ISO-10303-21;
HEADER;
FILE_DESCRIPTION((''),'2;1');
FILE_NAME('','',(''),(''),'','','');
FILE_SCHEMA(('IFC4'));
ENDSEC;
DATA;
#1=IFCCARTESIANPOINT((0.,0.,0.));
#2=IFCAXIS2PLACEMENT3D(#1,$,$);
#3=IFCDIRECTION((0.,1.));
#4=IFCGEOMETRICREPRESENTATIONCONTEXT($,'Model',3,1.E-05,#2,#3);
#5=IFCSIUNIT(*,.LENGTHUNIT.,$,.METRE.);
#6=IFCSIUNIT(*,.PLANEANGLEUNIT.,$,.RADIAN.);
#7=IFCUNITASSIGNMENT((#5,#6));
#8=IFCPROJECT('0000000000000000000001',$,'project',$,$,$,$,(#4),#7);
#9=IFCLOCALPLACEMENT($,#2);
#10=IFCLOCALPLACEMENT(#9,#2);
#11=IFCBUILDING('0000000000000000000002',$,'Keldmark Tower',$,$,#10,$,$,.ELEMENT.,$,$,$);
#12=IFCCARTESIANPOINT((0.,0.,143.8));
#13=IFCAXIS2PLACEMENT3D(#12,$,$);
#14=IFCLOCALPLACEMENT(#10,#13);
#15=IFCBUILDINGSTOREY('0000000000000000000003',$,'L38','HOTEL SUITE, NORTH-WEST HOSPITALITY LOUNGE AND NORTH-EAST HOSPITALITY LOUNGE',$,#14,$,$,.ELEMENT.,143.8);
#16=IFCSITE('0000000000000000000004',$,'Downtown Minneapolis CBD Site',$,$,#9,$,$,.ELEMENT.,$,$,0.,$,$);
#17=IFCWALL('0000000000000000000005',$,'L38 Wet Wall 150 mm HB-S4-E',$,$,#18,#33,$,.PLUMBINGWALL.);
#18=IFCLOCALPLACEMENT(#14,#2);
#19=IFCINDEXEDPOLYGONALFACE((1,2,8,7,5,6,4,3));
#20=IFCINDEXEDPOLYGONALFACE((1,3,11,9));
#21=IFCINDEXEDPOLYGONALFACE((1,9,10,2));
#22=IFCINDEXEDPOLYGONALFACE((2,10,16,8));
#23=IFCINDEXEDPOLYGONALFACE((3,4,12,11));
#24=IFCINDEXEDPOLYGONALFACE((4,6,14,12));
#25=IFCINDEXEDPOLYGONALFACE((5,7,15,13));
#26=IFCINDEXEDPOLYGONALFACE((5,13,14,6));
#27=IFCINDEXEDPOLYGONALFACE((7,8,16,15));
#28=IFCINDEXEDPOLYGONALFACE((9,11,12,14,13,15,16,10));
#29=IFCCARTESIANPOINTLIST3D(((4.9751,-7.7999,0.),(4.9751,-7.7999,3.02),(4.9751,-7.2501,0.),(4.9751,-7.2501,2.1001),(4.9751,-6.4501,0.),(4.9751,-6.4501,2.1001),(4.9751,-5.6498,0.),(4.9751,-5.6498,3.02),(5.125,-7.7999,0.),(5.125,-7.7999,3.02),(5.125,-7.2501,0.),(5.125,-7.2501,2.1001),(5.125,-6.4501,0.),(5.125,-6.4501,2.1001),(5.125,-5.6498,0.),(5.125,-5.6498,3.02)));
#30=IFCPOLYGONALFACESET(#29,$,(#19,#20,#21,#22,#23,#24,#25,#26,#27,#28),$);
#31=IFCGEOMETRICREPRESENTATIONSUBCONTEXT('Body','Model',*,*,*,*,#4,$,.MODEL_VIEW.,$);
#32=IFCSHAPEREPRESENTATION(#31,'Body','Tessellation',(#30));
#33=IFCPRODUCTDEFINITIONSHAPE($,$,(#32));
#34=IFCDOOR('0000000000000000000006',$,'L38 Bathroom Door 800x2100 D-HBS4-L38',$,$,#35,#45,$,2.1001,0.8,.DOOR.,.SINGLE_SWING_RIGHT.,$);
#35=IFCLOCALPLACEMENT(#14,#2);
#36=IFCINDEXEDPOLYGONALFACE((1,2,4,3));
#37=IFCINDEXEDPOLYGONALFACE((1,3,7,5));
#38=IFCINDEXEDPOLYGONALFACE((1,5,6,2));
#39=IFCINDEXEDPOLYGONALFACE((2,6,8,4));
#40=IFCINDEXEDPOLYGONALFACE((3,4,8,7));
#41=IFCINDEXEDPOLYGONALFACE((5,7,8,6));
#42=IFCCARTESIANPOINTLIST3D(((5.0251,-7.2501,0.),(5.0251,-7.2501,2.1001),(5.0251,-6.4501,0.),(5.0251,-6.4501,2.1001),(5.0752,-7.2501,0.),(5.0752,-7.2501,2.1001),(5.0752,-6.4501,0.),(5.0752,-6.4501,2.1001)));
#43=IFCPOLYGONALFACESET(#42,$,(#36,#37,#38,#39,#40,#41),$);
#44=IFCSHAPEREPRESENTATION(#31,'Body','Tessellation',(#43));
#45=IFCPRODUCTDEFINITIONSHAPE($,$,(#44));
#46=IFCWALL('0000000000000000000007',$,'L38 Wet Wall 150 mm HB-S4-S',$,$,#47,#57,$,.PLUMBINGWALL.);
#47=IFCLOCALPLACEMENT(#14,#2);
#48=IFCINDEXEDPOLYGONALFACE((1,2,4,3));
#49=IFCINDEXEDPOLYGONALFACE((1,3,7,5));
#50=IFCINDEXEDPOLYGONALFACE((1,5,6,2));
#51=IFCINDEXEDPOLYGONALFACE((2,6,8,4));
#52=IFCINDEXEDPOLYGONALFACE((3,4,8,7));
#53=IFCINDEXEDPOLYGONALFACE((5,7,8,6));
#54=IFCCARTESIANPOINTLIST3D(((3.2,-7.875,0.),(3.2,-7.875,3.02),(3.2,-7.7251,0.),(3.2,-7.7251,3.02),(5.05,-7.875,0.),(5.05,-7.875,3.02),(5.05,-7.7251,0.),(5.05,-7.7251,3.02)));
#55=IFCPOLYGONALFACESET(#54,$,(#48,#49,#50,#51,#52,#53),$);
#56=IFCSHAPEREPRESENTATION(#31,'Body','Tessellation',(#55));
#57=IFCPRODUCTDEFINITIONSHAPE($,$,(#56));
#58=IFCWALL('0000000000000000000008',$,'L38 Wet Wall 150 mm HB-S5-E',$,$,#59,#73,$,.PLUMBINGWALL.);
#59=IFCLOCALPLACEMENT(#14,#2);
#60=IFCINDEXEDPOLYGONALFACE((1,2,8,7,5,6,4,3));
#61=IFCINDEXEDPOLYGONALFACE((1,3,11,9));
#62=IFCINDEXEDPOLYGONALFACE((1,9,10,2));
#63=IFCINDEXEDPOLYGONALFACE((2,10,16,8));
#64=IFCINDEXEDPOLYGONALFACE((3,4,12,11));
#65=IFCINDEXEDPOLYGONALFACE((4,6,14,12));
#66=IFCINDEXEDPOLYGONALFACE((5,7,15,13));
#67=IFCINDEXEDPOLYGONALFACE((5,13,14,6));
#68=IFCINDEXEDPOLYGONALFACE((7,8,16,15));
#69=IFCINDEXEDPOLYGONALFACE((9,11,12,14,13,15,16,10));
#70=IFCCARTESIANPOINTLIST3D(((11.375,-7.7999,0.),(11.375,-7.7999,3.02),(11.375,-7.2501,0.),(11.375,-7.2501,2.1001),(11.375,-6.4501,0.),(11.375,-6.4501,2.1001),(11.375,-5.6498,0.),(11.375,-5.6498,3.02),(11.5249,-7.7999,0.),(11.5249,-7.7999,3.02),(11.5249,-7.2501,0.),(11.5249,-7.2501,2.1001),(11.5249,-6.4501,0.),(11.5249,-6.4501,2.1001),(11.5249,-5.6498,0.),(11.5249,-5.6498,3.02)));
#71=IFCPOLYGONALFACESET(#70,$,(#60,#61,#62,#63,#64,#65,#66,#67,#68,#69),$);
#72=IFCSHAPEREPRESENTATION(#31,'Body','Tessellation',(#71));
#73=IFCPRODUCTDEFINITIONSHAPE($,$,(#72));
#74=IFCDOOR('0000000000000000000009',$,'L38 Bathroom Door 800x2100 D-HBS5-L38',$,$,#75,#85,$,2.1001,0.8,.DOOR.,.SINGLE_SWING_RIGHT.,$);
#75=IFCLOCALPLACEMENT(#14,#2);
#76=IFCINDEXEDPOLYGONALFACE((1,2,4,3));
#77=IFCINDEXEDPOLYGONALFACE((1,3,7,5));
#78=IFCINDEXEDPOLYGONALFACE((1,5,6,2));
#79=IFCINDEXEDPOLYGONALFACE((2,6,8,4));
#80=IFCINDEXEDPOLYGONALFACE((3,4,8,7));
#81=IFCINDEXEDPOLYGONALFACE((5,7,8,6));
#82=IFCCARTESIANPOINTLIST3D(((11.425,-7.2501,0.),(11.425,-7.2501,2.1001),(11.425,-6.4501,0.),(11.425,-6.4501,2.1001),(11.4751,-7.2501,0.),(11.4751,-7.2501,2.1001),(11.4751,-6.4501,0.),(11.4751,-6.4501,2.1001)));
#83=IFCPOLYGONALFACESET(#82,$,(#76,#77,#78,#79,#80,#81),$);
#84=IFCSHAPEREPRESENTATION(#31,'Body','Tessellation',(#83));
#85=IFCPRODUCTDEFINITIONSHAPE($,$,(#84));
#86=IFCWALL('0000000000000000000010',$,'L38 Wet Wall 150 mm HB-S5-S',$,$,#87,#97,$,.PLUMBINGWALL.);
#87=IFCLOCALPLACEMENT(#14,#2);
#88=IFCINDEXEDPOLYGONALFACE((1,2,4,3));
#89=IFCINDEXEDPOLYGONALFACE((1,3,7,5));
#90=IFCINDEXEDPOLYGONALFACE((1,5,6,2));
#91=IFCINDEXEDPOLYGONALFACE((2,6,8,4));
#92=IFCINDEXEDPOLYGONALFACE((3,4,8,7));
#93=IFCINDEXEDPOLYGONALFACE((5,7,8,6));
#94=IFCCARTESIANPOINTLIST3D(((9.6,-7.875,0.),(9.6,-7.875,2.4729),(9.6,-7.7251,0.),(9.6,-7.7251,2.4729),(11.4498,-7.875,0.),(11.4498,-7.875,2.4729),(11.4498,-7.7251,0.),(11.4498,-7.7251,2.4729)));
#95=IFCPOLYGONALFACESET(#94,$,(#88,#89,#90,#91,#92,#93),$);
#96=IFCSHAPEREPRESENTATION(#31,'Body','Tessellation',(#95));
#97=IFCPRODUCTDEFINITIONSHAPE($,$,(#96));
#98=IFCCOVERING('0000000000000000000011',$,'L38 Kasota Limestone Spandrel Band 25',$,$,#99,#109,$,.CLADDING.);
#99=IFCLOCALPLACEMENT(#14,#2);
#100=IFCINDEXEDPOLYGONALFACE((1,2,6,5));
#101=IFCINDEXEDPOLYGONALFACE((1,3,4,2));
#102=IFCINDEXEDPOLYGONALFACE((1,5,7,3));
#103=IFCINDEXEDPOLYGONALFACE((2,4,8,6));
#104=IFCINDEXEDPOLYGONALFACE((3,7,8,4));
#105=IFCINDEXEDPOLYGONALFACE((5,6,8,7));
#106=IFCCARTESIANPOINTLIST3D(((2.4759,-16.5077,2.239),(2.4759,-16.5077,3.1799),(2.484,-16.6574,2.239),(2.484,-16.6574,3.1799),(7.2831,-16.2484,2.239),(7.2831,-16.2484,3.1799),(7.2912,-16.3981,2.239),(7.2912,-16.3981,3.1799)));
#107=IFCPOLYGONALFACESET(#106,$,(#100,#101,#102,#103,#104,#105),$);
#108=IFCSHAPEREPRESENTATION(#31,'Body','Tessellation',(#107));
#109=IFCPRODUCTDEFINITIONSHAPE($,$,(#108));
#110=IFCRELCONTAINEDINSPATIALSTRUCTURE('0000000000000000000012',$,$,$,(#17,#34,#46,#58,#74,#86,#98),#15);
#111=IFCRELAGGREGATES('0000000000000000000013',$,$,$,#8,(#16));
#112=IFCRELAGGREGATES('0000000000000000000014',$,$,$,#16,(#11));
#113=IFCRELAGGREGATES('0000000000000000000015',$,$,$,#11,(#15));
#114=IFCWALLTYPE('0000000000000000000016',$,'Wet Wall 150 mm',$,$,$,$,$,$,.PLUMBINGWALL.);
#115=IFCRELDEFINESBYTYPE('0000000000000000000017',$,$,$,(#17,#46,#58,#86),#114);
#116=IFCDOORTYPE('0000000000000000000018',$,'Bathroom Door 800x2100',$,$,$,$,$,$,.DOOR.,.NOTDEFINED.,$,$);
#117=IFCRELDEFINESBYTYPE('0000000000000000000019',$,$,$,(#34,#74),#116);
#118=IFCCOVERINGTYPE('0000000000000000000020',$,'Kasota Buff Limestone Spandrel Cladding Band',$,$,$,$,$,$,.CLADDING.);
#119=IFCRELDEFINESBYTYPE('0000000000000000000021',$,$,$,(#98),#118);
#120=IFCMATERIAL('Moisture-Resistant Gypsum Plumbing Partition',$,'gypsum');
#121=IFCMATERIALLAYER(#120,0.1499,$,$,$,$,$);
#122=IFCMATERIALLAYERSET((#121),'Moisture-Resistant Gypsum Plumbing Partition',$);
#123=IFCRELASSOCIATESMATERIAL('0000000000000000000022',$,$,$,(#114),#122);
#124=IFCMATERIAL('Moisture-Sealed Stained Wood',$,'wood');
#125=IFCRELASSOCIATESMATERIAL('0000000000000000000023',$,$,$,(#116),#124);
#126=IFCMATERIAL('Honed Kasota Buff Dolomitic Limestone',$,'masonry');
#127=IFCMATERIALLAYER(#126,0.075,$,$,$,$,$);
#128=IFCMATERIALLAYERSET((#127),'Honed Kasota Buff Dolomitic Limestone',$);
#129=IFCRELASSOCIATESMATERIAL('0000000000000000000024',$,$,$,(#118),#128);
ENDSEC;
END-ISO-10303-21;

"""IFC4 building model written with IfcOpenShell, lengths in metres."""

from ifc_helpers import new_model, si_unit, direction, frame, frame_2d, origin, origin_2d, place, context, subcontext, project, spatial, rectangle, extrude, material, layer, layer_set, type_object, element, fill, save


model = new_model("IFC4")

# Units and contexts
model_context = context("Model", 3, precision=1e-05, world=origin(), true_north=direction((0.0, 1.0)))
body_context = subcontext(model_context, "Body", "Model", "MODEL_VIEW")
ifc_project = project(units=[si_unit("LENGTHUNIT", "METRE"), si_unit("PLANEANGLEUNIT", "RADIAN")], contexts=[model_context])

# Site, building, storey
site_placement = place(None, origin())
site = spatial("IfcSite", under=ifc_project, at=site_placement, Name="Downtown Minneapolis CBD Site", CompositionType="ELEMENT", RefElevation=0.0)
building_placement = place(site_placement, origin())
building = spatial("IfcBuilding", under=site, at=building_placement, Name="Keldmark Tower", CompositionType="ELEMENT")
storey_placement = place(building_placement, frame((0.0, 0.0, 143.8)))
storey = spatial("IfcBuildingStorey", under=building, at=storey_placement, Name="L38", Description="HOTEL SUITE, NORTH-WEST HOSPITALITY LOUNGE AND NORTH-EAST HOSPITALITY LOUNGE", CompositionType="ELEMENT", Elevation=143.8)

# Shared definitions
ifc_material_1 = material(Name="Moisture-Resistant Gypsum Plumbing Partition", Category="gypsum")
ifc_layer_1 = layer(ifc_material_1, 0.1499)
ifc_layer_set_1 = layer_set([ifc_layer_1], Name="Moisture-Resistant Gypsum Plumbing Partition")
wall_type_1 = type_object("IfcWallType", Name="Wet Wall 150 mm", PredefinedType="PLUMBINGWALL", material=ifc_layer_set_1)

# Wall, opening, door
wall_1_placement = place(storey_placement, frame((5.05, -7.8, 0.0), z_axis=(0.0, 0.0, 1.0), x_axis=(0.0, 1.0, 0.0)))
wall_1 = element("IfcWall", 1, at=wall_1_placement, inside=storey, type_object=wall_type_1, Name="L38 Wet Wall 150 mm HB-S4-E", PredefinedType="PLUMBINGWALL", context=body_context, shape_type="SweptSolid", body=[
    extrude(rectangle(XDim=2.1501, YDim=0.1499, at=frame_2d((1.0752, 0.0))), origin(), (0.0, 0.0, 1.0), 3.02),
])
opening_1_placement = place(wall_1_placement, frame((0.55, 0.0, 0.0)))
opening_1 = element("IfcOpeningElement", 2, at=opening_1_placement, cuts=wall_1, PredefinedType="OPENING", context=body_context, shape_type="SweptSolid", body=[
    extrude(rectangle(XDim=0.8, YDim=2.1001, at=frame_2d((0.3999, 1.05))), frame((0.0, 0.085, 0.0), z_axis=(0.0, -1.0, 0.0), x_axis=(1.0, 0.0, 0.0)), (0.0, 0.0, 1.0), 0.1699),
])
ifc_material_2 = material(Name="Moisture-Sealed Stained Wood", Category="wood")
door_type = type_object("IfcDoorType", Name="Bathroom Door 800x2100", OperationType="NOTDEFINED", PredefinedType="DOOR", material=ifc_material_2)
door_1_placement = place(opening_1_placement, origin())
door_1 = element("IfcDoor", 3, at=door_1_placement, inside=storey, type_object=door_type, Name="L38 Bathroom Door 800x2100 D-HBS4-L38", OperationType="SINGLE_SWING_RIGHT", OverallHeight=2.1001, OverallWidth=0.8, PredefinedType="DOOR", context=body_context, shape_type="SweptSolid", body=[
    extrude(rectangle(XDim=0.8, YDim=2.1001, at=frame_2d((0.3999, 1.05))), frame((0.0, 0.0249, 0.0), z_axis=(0.0, -1.0, 0.0), x_axis=(1.0, 0.0, 0.0)), (0.0, 0.0, 1.0), 0.05),
])
fill(opening_1, door_1)

# Wall
wall_2_placement = place(storey_placement, frame((3.2, -7.8, 0.0), z_axis=(0.0, 0.0, 1.0), x_axis=(1.0, 0.0, 0.0)))
element("IfcWall", 4, at=wall_2_placement, inside=storey, type_object=wall_type_1, Name="L38 Wet Wall 150 mm HB-S4-S", PredefinedType="PLUMBINGWALL", context=body_context, shape_type="SweptSolid", body=[
    extrude(rectangle(XDim=1.8501, YDim=0.1499, at=frame_2d((0.925, 0.0))), origin(), (0.0, 0.0, 1.0), 3.02),
])

# Wall, opening, door
wall_3_placement = place(storey_placement, frame((11.45, -7.8, 0.0), z_axis=(0.0, 0.0, 1.0), x_axis=(0.0, 1.0, 0.0)))
wall_3 = element("IfcWall", 5, at=wall_3_placement, inside=storey, type_object=wall_type_1, Name="L38 Wet Wall 150 mm HB-S5-E", PredefinedType="PLUMBINGWALL", context=body_context, shape_type="SweptSolid", body=[
    extrude(rectangle(XDim=2.1501, YDim=0.1499, at=frame_2d((1.0752, 0.0))), origin(), (0.0, 0.0, 1.0), 3.02),
])
opening_2_placement = place(wall_3_placement, frame((0.55, 0.0, 0.0)))
opening_2 = element("IfcOpeningElement", 6, at=opening_2_placement, cuts=wall_3, PredefinedType="OPENING", context=body_context, shape_type="SweptSolid", body=[
    extrude(rectangle(XDim=0.8, YDim=2.1001, at=frame_2d((0.3999, 1.05))), frame((0.0, 0.085, 0.0), z_axis=(0.0, -1.0, 0.0), x_axis=(1.0, 0.0, 0.0)), (0.0, 0.0, 1.0), 0.1699),
])
door_2_placement = place(opening_2_placement, origin())
door_2 = element("IfcDoor", 7, at=door_2_placement, inside=storey, type_object=door_type, Name="L38 Bathroom Door 800x2100 D-HBS5-L38", OperationType="SINGLE_SWING_RIGHT", OverallHeight=2.1001, OverallWidth=0.8, PredefinedType="DOOR", context=body_context, shape_type="SweptSolid", body=[
    extrude(rectangle(XDim=0.8, YDim=2.1001, at=frame_2d((0.3999, 1.05))), frame((0.0, 0.0249, 0.0), z_axis=(0.0, -1.0, 0.0), x_axis=(1.0, 0.0, 0.0)), (0.0, 0.0, 1.0), 0.05),
])
fill(opening_2, door_2)

# Wall
wall_4_placement = place(storey_placement, frame((9.6001, -7.8, 0.0), z_axis=(0.0, 0.0, 1.0), x_axis=(1.0, 0.0, 0.0)))
element("IfcWall", 8, at=wall_4_placement, inside=storey, type_object=wall_type_1, Name="L38 Wet Wall 150 mm HB-S5-S", PredefinedType="PLUMBINGWALL", context=body_context, shape_type="SweptSolid", body=[
    extrude(rectangle(XDim=1.8499, YDim=0.1499, at=frame_2d((0.9248, 0.0))), origin(), (0.0, 0.0, 1.0), 2.4729),
])

# Covering
ifc_material_3 = material(Name="Honed Kasota Buff Dolomitic Limestone", Category="masonry")
ifc_layer_2 = layer(ifc_material_3, 0.075)
ifc_layer_set_2 = layer_set([ifc_layer_2], Name="Honed Kasota Buff Dolomitic Limestone")
covering_type = type_object("IfcCoveringType", Name="Kasota Buff Limestone Spandrel Cladding Band", PredefinedType="CLADDING", material=ifc_layer_set_2)
covering_placement = place(storey_placement, frame((4.8835, -16.4529, 2.239), z_axis=(0.0, 0.0, 1.0), x_axis=(0.998549, 0.053852, 0.0)))
element("IfcCovering", 9, at=covering_placement, inside=storey, type_object=covering_type, Name="L38 Kasota Limestone Spandrel Band 25", PredefinedType="CLADDING", context=body_context, shape_type="SweptSolid", body=[
    extrude(rectangle(XDim=4.8142, YDim=0.1499, at=origin_2d()), origin(), (0.0, 0.0, 1.0), 0.9409),
])

save(model, "model.ifc")
